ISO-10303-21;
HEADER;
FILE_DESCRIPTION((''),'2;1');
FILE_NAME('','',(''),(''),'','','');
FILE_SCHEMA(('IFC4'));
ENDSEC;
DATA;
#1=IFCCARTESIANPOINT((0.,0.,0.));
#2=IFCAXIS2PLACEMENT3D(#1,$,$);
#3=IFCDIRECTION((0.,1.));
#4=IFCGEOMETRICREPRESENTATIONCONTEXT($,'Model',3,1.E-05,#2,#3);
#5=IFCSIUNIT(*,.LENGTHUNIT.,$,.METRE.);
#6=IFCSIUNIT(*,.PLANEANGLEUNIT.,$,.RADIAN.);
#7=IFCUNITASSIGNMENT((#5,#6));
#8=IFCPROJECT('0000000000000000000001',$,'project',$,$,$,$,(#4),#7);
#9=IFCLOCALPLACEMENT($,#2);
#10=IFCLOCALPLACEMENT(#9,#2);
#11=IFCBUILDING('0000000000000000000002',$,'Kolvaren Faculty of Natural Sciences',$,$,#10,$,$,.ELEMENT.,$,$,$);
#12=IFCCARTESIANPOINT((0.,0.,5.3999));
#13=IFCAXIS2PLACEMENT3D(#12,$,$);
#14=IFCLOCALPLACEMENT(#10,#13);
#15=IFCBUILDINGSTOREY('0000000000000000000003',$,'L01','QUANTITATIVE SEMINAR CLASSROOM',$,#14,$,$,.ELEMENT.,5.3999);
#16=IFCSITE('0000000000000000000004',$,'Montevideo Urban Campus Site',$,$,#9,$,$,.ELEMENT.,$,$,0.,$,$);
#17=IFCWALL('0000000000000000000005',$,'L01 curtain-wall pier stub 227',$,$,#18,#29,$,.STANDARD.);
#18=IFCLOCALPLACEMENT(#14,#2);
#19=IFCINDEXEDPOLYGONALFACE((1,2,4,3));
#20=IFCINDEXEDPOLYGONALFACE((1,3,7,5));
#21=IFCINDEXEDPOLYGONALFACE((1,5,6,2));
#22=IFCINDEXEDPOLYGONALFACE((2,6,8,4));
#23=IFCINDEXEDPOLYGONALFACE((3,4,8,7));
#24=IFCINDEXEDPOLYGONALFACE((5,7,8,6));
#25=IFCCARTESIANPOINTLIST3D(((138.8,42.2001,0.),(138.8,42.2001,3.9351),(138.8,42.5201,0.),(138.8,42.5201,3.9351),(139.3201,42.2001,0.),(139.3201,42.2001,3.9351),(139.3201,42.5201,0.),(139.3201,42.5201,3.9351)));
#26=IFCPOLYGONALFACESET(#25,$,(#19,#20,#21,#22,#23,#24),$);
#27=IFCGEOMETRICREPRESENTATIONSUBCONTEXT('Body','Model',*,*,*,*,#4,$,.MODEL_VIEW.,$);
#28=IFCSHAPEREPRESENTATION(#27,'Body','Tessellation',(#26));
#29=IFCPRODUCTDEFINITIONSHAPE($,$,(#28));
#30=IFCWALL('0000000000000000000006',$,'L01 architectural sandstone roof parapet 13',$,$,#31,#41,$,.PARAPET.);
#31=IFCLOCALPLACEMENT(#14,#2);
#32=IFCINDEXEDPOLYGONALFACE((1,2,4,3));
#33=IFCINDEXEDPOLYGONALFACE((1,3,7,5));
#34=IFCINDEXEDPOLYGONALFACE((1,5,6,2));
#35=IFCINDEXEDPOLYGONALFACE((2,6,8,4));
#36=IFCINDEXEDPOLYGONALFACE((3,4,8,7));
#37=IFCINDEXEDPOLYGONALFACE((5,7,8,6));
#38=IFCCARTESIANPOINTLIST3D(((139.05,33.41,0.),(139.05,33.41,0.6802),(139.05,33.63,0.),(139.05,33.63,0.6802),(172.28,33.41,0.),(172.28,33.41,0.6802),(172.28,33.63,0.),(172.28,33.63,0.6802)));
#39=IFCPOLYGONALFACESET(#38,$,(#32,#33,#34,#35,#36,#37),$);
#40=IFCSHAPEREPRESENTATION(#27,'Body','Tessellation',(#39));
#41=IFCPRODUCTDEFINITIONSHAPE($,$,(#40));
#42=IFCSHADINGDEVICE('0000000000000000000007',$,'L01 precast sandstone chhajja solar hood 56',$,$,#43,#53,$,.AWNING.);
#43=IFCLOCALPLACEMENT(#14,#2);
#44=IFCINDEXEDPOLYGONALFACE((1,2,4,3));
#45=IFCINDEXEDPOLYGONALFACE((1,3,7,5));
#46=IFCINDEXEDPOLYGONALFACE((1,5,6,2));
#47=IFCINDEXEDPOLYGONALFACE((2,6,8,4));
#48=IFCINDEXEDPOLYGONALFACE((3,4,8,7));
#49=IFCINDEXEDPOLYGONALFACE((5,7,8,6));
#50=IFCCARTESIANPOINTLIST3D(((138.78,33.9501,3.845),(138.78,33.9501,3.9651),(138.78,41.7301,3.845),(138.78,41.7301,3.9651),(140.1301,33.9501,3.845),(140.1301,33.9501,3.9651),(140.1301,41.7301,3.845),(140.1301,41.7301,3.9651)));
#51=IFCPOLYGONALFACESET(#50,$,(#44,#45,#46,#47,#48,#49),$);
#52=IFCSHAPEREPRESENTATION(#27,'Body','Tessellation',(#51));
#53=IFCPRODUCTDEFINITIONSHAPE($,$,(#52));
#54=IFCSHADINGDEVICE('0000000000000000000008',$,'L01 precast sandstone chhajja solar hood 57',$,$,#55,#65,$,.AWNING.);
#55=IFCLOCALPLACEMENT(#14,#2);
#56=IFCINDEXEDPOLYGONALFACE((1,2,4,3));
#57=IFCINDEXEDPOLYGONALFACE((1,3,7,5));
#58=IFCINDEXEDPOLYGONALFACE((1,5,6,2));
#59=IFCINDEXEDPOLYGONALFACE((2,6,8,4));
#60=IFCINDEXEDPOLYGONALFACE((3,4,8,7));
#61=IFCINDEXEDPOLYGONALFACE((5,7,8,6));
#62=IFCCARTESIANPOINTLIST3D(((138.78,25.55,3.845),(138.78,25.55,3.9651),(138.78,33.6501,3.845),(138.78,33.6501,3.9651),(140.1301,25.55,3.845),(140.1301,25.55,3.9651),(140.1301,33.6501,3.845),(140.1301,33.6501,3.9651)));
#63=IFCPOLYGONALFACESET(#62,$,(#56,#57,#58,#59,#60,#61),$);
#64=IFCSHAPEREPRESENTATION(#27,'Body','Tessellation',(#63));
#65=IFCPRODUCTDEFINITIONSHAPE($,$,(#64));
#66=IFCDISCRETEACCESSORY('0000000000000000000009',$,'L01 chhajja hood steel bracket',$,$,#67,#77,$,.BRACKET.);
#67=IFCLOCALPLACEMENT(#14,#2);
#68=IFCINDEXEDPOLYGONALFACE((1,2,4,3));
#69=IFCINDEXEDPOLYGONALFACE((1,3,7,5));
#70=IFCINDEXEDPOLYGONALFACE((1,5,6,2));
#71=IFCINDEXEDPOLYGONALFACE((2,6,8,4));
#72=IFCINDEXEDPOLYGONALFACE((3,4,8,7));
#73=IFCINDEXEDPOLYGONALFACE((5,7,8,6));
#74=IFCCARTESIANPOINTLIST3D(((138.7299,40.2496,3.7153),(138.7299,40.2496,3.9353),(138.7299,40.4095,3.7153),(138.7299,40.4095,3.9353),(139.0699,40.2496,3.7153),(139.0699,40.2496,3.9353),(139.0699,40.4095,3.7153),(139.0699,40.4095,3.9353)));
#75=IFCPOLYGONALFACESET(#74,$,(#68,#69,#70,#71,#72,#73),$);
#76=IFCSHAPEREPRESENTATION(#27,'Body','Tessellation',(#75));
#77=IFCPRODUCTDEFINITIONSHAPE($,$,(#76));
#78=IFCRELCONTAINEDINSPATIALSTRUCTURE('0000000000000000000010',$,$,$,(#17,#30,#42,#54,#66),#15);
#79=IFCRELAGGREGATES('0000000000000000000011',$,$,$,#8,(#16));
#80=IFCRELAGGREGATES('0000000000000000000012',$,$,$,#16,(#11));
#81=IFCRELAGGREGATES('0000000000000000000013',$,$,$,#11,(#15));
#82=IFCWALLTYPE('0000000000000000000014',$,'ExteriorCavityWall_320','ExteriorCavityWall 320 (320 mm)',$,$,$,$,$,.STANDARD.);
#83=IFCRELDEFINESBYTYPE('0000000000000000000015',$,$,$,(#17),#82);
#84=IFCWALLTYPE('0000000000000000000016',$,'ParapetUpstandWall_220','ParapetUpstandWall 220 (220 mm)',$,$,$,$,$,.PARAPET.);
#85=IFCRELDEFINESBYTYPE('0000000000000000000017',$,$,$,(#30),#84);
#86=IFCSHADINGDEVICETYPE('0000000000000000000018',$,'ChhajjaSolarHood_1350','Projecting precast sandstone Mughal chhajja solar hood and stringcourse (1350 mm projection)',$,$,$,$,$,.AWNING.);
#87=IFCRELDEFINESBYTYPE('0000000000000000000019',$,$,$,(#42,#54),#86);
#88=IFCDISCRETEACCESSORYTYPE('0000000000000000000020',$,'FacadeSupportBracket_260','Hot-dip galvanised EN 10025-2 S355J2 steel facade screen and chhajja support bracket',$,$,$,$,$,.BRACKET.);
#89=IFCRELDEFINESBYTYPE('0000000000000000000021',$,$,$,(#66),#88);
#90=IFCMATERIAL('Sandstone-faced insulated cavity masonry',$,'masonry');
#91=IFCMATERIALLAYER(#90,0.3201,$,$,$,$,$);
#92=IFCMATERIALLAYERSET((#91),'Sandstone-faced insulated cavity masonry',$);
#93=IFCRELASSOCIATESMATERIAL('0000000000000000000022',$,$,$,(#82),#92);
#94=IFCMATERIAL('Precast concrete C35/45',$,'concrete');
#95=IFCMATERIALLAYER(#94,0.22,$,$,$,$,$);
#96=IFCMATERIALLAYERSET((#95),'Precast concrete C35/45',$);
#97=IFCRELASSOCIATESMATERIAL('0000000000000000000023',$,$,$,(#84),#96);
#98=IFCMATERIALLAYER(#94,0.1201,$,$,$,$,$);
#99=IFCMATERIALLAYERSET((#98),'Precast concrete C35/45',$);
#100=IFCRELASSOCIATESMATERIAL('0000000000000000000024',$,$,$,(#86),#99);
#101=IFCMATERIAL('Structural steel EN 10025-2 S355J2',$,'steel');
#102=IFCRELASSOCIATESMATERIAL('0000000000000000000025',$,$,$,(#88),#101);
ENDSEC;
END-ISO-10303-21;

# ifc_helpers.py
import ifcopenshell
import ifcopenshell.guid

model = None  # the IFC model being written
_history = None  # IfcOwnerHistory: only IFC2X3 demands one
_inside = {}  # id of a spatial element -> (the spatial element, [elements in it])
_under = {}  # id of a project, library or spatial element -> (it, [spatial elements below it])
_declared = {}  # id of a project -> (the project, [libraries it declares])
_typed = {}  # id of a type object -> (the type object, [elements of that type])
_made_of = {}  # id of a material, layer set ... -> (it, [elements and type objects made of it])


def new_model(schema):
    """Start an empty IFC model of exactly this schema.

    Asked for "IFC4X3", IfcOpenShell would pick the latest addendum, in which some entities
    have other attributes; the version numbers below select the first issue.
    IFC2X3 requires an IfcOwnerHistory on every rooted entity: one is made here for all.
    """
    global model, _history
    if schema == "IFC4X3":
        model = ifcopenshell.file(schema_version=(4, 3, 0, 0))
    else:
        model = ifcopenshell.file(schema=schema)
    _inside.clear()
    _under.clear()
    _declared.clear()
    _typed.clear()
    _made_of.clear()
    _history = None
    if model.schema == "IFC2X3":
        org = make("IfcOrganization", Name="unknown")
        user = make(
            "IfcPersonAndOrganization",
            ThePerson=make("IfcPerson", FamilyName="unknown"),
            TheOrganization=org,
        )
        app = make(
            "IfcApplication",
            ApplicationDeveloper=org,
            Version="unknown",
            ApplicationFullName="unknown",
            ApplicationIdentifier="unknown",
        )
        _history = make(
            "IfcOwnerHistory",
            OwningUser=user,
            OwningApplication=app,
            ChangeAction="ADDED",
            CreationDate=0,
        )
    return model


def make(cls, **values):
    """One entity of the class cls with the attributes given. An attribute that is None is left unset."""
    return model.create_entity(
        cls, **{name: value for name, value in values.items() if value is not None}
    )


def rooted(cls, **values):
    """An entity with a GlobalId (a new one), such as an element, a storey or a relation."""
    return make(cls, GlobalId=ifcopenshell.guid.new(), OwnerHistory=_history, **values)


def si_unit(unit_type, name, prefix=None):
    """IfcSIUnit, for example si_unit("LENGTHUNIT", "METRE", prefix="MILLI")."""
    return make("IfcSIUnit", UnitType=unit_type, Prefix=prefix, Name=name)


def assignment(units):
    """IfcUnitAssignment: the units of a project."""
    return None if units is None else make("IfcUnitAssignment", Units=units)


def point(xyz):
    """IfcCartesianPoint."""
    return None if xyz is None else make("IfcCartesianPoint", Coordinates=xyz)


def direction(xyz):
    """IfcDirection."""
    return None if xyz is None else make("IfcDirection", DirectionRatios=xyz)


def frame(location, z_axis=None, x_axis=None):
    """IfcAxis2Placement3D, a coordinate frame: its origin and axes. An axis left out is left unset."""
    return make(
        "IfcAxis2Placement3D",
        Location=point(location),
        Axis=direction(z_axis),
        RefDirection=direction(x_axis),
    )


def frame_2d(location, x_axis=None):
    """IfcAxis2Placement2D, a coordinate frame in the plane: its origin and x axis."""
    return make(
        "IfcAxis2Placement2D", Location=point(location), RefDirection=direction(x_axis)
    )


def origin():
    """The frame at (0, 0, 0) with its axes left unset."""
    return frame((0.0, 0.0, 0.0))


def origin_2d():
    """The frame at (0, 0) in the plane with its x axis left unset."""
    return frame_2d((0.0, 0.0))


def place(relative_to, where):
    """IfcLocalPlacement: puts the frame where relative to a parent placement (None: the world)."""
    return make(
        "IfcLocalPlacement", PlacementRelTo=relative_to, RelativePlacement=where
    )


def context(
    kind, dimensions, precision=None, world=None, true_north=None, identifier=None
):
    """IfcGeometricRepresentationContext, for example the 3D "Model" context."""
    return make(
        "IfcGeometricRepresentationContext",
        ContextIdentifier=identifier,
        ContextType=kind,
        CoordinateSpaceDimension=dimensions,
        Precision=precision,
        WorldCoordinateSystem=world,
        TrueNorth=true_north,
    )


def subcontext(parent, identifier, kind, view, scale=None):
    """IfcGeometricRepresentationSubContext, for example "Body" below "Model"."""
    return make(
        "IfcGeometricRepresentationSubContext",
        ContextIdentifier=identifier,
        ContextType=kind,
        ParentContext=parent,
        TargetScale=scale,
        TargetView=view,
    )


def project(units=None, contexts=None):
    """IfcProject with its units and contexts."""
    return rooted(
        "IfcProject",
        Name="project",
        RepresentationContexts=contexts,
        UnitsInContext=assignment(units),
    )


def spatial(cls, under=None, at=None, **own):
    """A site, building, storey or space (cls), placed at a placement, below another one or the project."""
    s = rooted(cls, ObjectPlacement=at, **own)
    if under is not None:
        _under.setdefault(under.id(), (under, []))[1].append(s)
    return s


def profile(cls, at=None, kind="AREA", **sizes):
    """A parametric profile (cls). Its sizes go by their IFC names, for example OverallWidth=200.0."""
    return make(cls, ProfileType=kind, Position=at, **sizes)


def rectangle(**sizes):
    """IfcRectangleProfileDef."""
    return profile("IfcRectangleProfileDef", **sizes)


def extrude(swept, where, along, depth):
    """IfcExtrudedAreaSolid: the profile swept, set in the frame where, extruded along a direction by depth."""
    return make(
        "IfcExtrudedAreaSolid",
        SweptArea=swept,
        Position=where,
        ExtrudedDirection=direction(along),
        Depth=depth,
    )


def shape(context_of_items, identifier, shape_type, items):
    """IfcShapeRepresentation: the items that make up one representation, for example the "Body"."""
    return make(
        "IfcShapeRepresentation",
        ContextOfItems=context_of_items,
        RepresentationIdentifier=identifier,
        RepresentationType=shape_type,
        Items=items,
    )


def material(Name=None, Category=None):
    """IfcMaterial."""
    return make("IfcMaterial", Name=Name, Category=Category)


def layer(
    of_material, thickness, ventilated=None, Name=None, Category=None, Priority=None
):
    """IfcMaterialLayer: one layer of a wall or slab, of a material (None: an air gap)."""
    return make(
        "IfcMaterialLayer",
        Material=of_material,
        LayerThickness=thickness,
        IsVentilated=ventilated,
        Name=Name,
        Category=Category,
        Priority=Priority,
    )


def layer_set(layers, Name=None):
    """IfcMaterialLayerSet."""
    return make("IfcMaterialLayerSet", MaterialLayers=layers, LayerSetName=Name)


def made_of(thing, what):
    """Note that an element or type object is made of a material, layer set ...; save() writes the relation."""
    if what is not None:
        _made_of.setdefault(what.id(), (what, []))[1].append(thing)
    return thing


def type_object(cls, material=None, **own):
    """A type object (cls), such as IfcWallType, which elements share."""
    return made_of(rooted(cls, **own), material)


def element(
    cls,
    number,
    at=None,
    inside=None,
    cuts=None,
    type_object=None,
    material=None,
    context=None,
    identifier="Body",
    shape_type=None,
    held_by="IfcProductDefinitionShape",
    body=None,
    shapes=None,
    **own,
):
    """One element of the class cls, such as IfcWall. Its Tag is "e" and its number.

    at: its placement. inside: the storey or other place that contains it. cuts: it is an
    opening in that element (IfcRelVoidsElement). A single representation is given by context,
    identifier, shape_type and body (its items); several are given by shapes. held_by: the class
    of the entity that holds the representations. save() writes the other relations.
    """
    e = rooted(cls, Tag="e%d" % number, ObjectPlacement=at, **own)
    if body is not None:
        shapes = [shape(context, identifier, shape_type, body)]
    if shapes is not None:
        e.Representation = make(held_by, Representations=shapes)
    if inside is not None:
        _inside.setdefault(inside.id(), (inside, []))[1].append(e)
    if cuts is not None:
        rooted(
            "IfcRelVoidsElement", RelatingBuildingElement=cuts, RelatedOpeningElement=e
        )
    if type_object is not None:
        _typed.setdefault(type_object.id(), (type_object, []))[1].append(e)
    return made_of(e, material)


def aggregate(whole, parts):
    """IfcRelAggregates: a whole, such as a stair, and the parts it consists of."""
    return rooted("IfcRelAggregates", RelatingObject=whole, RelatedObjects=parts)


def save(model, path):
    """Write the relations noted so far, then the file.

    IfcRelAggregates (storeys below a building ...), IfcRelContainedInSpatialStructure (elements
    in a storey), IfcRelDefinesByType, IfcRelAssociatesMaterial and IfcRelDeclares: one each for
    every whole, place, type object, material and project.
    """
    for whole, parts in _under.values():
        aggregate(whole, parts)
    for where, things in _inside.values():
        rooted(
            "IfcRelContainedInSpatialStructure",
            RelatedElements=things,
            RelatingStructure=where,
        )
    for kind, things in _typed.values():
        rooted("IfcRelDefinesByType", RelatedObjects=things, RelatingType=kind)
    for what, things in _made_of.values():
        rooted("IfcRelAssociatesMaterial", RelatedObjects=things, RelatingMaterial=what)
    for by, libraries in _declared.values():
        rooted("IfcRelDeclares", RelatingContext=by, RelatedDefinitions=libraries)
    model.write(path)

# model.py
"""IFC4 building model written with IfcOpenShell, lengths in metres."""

from ifc_helpers import new_model, si_unit, direction, frame, frame_2d, origin, origin_2d, place, context, subcontext, project, spatial, rectangle, extrude, material, layer, layer_set, type_object, element, save


model = new_model("IFC4")

# Units and contexts
model_context = context("Model", 3, precision=1e-05, world=origin(), true_north=direction((0.0, 1.0)))
body_context = subcontext(model_context, "Body", "Model", "MODEL_VIEW")
ifc_project = project(units=[si_unit("LENGTHUNIT", "METRE"), si_unit("PLANEANGLEUNIT", "RADIAN")], contexts=[model_context])

# Site, building, storey
site_placement = place(None, origin())
site = spatial("IfcSite", under=ifc_project, at=site_placement, Name="Montevideo Urban Campus Site", CompositionType="ELEMENT", RefElevation=0.0)
building_placement = place(site_placement, origin())
building = spatial("IfcBuilding", under=site, at=building_placement, Name="Kolvaren Faculty of Natural Sciences", CompositionType="ELEMENT")
storey_placement = place(building_placement, frame((0.0, 0.0, 5.3999)))
storey = spatial("IfcBuildingStorey", under=building, at=storey_placement, Name="L01", Description="QUANTITATIVE SEMINAR CLASSROOM", CompositionType="ELEMENT", Elevation=5.3999)

# Walls
ifc_material_1 = material(Name="Sandstone-faced insulated cavity masonry", Category="masonry")
ifc_layer_1 = layer(ifc_material_1, 0.3201)
ifc_layer_set_1 = layer_set([ifc_layer_1], Name="Sandstone-faced insulated cavity masonry")
wall_type_1 = type_object("IfcWallType", Name="ExteriorCavityWall_320", Description="ExteriorCavityWall 320 (320 mm)", PredefinedType="STANDARD", material=ifc_layer_set_1)
wall_1_placement = place(storey_placement, frame((139.3201, 42.3601, 0.0), z_axis=(0.0, 0.0, 1.0), x_axis=(-1.0, 0.0, 0.0)))
element("IfcWall", 1, at=wall_1_placement, inside=storey, type_object=wall_type_1, Name="L01 curtain-wall pier stub 227", PredefinedType="STANDARD", context=body_context, shape_type="SweptSolid", body=[
    extrude(rectangle(XDim=0.52, YDim=0.3201, at=frame_2d((0.26, 0.0))), origin(), (0.0, 0.0, 1.0), 3.9351),
])
ifc_material_2 = material(Name="Precast concrete C35/45", Category="concrete")
ifc_layer_2 = layer(ifc_material_2, 0.22)
ifc_layer_set_2 = layer_set([ifc_layer_2], Name="Precast concrete C35/45")
wall_type_2 = type_object("IfcWallType", Name="ParapetUpstandWall_220", Description="ParapetUpstandWall 220 (220 mm)", PredefinedType="PARAPET", material=ifc_layer_set_2)
wall_2_placement = place(storey_placement, frame((172.28, 33.52, 0.0), z_axis=(0.0, 0.0, 1.0), x_axis=(-1.0, 0.0, 0.0)))
element("IfcWall", 2, at=wall_2_placement, inside=storey, type_object=wall_type_2, Name="L01 architectural sandstone roof parapet 13", PredefinedType="PARAPET", context=body_context, shape_type="SweptSolid", body=[
    extrude(rectangle(XDim=33.23, YDim=0.22, at=frame_2d((16.615, 0.0))), origin(), (0.0, 0.0, 1.0), 0.6802),
])

# Shading devices
ifc_layer_3 = layer(ifc_material_2, 0.1201)
ifc_layer_set_3 = layer_set([ifc_layer_3], Name="Precast concrete C35/45")
shading_device_type = type_object("IfcShadingDeviceType", Name="ChhajjaSolarHood_1350", Description="Projecting precast sandstone Mughal chhajja solar hood and stringcourse (1350 mm projection)", PredefinedType="AWNING", material=ifc_layer_set_3)
shading_device_1_placement = place(storey_placement, frame((139.4551, 37.8401, 3.845), z_axis=(0.0, 0.0, 1.0), x_axis=(0.0, -1.0, 0.0)))
element("IfcShadingDevice", 3, at=shading_device_1_placement, inside=storey, type_object=shading_device_type, Name="L01 precast sandstone chhajja solar hood 56", PredefinedType="AWNING", context=body_context, shape_type="SweptSolid", body=[
    extrude(rectangle(XDim=7.78, YDim=1.3501, at=origin_2d()), origin(), (0.0, 0.0, 1.0), 0.1201),
])
shading_device_2_placement = place(storey_placement, frame((139.4551, 29.6001, 3.845), z_axis=(0.0, 0.0, 1.0), x_axis=(0.0, -1.0, 0.0)))
element("IfcShadingDevice", 4, at=shading_device_2_placement, inside=storey, type_object=shading_device_type, Name="L01 precast sandstone chhajja solar hood 57", PredefinedType="AWNING", context=body_context, shape_type="SweptSolid", body=[
    extrude(rectangle(XDim=8.1001, YDim=1.3501, at=origin_2d()), origin(), (0.0, 0.0, 1.0), 0.1201),
])

# Discrete accessory
ifc_material_3 = material(Name="Structural steel EN 10025-2 S355J2", Category="steel")
discrete_accessory_type = type_object("IfcDiscreteAccessoryType", Name="FacadeSupportBracket_260", Description="Hot-dip galvanised EN 10025-2 S355J2 steel facade screen and chhajja support bracket", PredefinedType="BRACKET", material=ifc_material_3)
discrete_accessory_placement = place(storey_placement, frame((138.8999, 40.3296, 3.7153), z_axis=(0.0, 0.0, 1.0), x_axis=(0.0, -1.0, 0.0)))
element("IfcDiscreteAccessory", 5, at=discrete_accessory_placement, inside=storey, type_object=discrete_accessory_type, Name="L01 chhajja hood steel bracket", PredefinedType="BRACKET", context=body_context, shape_type="SweptSolid", body=[
    extrude(rectangle(XDim=0.1599, YDim=0.3401, at=origin_2d()), origin(), (0.0, 0.0, 1.0), 0.22),
])

save(model, "model.ifc")
